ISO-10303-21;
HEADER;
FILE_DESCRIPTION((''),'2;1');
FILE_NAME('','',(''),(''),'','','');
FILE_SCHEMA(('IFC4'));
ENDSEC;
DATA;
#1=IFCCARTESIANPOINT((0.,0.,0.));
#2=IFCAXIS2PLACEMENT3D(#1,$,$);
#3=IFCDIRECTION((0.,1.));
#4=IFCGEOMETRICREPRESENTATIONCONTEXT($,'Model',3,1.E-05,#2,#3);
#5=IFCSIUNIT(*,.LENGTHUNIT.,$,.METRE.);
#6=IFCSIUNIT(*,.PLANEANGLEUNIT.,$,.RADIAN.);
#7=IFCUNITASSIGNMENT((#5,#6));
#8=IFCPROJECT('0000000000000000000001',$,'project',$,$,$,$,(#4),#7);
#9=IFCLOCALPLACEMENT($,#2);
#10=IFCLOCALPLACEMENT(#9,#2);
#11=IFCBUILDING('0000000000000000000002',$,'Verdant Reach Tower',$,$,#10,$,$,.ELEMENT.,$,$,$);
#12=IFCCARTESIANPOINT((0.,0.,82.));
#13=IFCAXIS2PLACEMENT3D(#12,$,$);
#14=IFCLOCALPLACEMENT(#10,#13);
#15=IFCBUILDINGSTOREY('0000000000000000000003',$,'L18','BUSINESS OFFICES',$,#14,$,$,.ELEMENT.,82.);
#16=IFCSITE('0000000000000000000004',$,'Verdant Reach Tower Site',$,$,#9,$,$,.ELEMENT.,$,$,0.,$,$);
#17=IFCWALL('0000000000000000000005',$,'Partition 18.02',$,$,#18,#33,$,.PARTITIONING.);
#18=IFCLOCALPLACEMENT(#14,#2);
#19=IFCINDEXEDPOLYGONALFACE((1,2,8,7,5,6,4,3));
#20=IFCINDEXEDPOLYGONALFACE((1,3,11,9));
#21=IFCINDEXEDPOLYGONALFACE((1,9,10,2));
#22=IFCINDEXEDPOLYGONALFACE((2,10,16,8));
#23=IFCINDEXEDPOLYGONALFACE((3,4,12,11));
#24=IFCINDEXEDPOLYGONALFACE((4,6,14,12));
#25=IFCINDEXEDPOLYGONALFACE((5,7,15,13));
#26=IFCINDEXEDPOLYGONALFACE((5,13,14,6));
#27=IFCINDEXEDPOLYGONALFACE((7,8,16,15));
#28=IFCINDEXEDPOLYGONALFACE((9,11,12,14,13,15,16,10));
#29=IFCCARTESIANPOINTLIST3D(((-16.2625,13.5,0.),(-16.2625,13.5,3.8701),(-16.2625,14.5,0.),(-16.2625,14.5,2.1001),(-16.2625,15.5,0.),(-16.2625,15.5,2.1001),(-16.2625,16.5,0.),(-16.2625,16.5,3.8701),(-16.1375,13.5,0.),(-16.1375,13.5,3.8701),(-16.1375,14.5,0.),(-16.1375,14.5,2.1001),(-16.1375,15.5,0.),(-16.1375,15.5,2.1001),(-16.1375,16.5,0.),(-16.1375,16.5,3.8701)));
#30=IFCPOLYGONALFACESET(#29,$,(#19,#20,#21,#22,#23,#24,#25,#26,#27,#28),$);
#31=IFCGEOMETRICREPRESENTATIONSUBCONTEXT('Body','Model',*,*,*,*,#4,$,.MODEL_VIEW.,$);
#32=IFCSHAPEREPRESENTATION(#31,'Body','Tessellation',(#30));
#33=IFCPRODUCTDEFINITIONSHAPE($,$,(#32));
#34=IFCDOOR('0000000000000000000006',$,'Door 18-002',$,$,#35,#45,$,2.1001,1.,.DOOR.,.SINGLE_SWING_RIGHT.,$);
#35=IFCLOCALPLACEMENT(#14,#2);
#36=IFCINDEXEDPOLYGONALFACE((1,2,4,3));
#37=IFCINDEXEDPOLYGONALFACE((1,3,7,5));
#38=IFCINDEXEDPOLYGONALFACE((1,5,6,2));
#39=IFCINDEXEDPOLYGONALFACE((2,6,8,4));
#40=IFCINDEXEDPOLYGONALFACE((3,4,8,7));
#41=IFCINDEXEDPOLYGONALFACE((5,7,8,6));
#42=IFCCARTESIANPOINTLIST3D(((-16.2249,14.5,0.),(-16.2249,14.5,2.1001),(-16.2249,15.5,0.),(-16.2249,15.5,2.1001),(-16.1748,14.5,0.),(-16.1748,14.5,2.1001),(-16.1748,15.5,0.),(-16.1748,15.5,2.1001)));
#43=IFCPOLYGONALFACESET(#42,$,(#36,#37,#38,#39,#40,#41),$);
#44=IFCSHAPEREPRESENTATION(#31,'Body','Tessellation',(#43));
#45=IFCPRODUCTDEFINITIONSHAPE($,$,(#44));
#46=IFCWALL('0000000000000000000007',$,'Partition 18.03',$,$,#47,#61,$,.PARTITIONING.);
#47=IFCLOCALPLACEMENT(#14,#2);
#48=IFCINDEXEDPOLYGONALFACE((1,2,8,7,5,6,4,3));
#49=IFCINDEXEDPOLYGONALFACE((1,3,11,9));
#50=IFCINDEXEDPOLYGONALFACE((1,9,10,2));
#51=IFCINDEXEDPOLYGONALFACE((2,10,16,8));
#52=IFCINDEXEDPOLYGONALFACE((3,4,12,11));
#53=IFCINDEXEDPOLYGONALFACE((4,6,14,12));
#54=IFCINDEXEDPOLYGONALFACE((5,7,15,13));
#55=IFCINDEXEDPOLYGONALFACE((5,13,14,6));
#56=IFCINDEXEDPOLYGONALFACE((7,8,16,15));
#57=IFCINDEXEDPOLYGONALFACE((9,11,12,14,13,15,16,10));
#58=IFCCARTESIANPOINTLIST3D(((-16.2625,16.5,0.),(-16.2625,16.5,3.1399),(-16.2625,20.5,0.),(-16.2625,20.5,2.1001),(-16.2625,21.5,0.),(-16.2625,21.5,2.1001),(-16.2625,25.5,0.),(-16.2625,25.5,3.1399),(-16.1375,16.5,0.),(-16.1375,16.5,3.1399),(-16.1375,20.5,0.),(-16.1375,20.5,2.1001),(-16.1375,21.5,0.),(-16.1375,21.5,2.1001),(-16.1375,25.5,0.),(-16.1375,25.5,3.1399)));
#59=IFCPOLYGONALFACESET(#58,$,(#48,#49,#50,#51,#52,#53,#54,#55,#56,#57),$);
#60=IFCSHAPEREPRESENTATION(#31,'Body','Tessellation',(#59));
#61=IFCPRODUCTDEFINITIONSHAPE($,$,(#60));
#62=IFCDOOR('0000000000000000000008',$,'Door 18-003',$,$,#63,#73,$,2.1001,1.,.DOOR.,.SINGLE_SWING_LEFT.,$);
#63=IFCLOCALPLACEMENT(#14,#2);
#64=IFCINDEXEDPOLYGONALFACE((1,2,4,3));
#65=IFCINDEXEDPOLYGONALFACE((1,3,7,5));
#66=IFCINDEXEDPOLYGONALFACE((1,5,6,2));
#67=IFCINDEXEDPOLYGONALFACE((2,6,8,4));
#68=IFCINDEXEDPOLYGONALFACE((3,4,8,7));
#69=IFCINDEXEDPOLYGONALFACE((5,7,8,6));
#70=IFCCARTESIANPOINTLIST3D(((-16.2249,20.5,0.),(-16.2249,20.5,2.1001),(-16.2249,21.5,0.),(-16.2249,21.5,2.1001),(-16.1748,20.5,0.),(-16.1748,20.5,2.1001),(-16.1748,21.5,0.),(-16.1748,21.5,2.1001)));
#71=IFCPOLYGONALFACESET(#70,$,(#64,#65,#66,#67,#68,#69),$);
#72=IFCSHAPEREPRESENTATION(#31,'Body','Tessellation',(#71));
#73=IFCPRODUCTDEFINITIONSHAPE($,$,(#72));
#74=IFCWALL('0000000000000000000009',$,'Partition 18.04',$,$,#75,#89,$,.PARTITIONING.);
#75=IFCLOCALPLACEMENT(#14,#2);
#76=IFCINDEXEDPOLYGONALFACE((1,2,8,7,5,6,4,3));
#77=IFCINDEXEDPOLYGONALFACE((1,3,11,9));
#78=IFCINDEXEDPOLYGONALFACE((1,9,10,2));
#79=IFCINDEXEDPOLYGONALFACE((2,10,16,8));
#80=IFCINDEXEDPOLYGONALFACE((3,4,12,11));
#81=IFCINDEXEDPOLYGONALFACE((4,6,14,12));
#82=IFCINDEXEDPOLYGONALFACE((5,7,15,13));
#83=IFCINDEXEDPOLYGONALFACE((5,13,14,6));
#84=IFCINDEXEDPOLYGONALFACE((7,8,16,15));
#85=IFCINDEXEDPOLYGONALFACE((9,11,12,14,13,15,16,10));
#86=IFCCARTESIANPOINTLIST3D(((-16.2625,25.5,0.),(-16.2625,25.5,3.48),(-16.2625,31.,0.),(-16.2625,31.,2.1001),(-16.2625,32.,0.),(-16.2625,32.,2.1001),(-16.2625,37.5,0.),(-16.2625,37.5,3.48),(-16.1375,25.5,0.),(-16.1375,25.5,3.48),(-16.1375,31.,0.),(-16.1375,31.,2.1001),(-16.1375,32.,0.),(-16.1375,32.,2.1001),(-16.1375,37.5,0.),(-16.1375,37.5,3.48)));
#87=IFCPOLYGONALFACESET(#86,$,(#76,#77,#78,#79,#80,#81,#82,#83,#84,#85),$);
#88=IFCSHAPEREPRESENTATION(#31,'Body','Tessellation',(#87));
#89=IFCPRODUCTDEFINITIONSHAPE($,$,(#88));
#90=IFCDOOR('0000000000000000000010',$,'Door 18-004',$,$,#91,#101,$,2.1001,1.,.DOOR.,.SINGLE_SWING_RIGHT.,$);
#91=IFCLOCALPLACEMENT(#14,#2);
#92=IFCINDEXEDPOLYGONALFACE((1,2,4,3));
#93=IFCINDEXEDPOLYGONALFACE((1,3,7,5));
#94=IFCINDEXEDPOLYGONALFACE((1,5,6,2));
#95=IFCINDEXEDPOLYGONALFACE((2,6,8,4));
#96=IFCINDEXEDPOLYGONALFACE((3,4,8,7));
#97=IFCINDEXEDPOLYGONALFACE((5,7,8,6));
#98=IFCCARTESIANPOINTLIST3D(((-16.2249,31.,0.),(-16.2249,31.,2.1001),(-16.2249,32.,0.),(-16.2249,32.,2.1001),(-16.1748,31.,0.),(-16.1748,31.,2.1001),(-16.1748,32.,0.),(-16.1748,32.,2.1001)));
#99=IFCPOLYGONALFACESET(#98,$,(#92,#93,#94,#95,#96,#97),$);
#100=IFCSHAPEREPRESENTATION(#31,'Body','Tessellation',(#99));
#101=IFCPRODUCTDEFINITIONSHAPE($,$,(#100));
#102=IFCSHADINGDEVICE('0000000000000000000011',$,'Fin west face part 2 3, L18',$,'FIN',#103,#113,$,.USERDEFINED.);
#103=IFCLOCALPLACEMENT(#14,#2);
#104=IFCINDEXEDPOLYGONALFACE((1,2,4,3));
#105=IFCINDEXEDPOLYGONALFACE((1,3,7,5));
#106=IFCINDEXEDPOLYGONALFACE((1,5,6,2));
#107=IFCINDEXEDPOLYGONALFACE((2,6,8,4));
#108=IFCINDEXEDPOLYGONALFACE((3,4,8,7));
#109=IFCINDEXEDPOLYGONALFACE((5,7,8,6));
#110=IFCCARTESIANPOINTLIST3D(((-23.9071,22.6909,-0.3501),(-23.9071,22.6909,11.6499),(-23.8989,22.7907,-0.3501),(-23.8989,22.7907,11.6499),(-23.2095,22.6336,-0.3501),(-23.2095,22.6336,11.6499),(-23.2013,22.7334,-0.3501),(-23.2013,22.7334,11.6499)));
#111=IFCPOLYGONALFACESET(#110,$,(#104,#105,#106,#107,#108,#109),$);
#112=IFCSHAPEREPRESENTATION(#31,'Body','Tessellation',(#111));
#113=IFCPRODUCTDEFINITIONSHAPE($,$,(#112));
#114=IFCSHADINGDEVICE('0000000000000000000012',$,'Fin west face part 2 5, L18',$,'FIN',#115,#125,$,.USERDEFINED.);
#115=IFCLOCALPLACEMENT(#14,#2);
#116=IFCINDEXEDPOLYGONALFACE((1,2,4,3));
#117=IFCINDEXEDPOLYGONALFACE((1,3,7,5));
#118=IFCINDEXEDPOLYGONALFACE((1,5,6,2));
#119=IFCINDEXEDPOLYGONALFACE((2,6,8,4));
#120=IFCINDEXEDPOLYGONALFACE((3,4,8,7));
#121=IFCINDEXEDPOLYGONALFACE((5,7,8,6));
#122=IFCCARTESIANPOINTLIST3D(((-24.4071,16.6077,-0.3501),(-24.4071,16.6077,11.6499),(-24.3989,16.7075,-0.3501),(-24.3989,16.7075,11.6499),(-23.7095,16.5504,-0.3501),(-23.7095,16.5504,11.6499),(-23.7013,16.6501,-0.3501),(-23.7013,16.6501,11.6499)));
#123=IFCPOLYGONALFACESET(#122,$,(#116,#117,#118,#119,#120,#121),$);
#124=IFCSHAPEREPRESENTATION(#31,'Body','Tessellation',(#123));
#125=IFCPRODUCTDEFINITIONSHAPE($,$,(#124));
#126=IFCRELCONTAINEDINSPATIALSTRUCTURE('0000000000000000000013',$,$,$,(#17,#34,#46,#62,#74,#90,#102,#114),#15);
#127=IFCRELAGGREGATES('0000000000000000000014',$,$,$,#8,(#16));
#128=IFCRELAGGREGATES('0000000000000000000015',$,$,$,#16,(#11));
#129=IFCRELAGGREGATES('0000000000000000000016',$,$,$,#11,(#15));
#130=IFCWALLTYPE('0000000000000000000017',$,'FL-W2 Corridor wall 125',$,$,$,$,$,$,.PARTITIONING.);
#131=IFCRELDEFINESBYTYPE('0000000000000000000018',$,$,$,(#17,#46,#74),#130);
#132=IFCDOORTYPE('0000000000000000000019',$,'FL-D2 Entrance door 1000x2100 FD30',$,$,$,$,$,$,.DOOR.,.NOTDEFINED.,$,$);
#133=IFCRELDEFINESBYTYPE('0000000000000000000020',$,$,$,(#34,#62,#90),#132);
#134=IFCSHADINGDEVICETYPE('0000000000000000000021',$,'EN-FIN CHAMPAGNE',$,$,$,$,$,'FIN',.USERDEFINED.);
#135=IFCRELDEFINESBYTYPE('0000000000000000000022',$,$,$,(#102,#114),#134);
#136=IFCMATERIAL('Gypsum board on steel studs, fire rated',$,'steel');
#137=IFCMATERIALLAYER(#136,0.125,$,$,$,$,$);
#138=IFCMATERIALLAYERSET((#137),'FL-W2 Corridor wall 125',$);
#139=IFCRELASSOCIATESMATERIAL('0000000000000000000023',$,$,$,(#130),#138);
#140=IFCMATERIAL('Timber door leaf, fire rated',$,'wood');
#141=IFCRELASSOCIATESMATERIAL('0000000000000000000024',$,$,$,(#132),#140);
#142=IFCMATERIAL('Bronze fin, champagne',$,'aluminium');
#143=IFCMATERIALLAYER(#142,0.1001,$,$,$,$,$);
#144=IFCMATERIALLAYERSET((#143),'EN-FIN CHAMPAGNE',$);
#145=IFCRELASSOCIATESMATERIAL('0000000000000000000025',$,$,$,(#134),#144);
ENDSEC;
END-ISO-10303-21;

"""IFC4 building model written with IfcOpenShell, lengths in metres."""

from ifc_helpers import new_model, si_unit, direction, frame, frame_2d, origin, origin_2d, place, context, subcontext, project, spatial, rectangle, extrude, material, layer, layer_set, type_object, element, fill, save


model = new_model("IFC4")

# Units and contexts
model_context = context("Model", 3, precision=1e-05, world=origin(), true_north=direction((0.0, 1.0)))
body_context = subcontext(model_context, "Body", "Model", "MODEL_VIEW")
ifc_project = project(units=[si_unit("LENGTHUNIT", "METRE"), si_unit("PLANEANGLEUNIT", "RADIAN")], contexts=[model_context])

# Site, building, storey
site_placement = place(None, origin())
site = spatial("IfcSite", under=ifc_project, at=site_placement, Name="Verdant Reach Tower Site", CompositionType="ELEMENT", RefElevation=0.0)
building_placement = place(site_placement, origin())
building = spatial("IfcBuilding", under=site, at=building_placement, Name="Verdant Reach Tower", CompositionType="ELEMENT")
storey_placement = place(building_placement, frame((0.0, 0.0, 82.0)))
storey = spatial("IfcBuildingStorey", under=building, at=storey_placement, Name="L18", Description="BUSINESS OFFICES", CompositionType="ELEMENT", Elevation=82.0)

# Walls, openings, doors
ifc_material_1 = material(Name="Gypsum board on steel studs, fire rated", Category="steel")
ifc_layer_1 = layer(ifc_material_1, 0.125)
ifc_layer_set_1 = layer_set([ifc_layer_1], Name="FL-W2 Corridor wall 125")
wall_type_1 = type_object("IfcWallType", Name="FL-W2 Corridor wall 125", PredefinedType="PARTITIONING", material=ifc_layer_set_1)
wall_1_placement = place(storey_placement, frame((-16.2, 13.5, 0.0), z_axis=(0.0, 0.0, 1.0), x_axis=(0.0, 1.0, 0.0)))
wall_1 = element("IfcWall", 1, at=wall_1_placement, inside=storey, type_object=wall_type_1, Name="Partition 18.02", PredefinedType="PARTITIONING", context=body_context, shape_type="SweptSolid", body=[
    extrude(rectangle(XDim=3.0, YDim=0.125, at=frame_2d((1.5, 0.0))), origin(), (0.0, 0.0, 1.0), 3.8701),
])
opening_1_placement = place(wall_1_placement, frame((1.0, 0.0, 0.0)))
opening_1 = element("IfcOpeningElement", 2, at=opening_1_placement, cuts=wall_1, PredefinedType="OPENING", context=body_context, shape_type="SweptSolid", body=[
    extrude(rectangle(XDim=1.0, YDim=2.1001, at=frame_2d((0.5, 1.05))), frame((0.0, 0.0725, 0.0), z_axis=(0.0, -1.0, 0.0), x_axis=(1.0, 0.0, 0.0)), (0.0, 0.0, 1.0), 0.145),
])
ifc_material_2 = material(Name="Timber door leaf, fire rated", Category="wood")
door_type = type_object("IfcDoorType", Name="FL-D2 Entrance door 1000x2100 FD30", OperationType="NOTDEFINED", PredefinedType="DOOR", material=ifc_material_2)
door_1_placement = place(opening_1_placement, origin())
door_1 = element("IfcDoor", 3, at=door_1_placement, inside=storey, type_object=door_type, Name="Door 18-002", OperationType="SINGLE_SWING_RIGHT", OverallHeight=2.1001, OverallWidth=1.0, PredefinedType="DOOR", context=body_context, shape_type="SweptSolid", body=[
    extrude(rectangle(XDim=1.0, YDim=2.1001, at=frame_2d((0.5, 1.05))), frame((0.0, 0.0249, 0.0), z_axis=(0.0, -1.0, 0.0), x_axis=(1.0, 0.0, 0.0)), (0.0, 0.0, 1.0), 0.05),
])
fill(opening_1, door_1)
wall_2_placement = place(storey_placement, frame((-16.2, 16.5, 0.0), z_axis=(0.0, 0.0, 1.0), x_axis=(0.0, 1.0, 0.0)))
wall_2 = element("IfcWall", 4, at=wall_2_placement, inside=storey, type_object=wall_type_1, Name="Partition 18.03", PredefinedType="PARTITIONING", context=body_context, shape_type="SweptSolid", body=[
    extrude(rectangle(XDim=9.0, YDim=0.125, at=frame_2d((4.5, 0.0))), origin(), (0.0, 0.0, 1.0), 3.1399),
])
opening_2_placement = place(wall_2_placement, frame((4.0, 0.0, 0.0)))
opening_2 = element("IfcOpeningElement", 5, at=opening_2_placement, cuts=wall_2, PredefinedType="OPENING", context=body_context, shape_type="SweptSolid", body=[
    extrude(rectangle(XDim=1.0, YDim=2.1001, at=frame_2d((0.5, 1.05))), frame((0.0, 0.0725, 0.0), z_axis=(0.0, -1.0, 0.0), x_axis=(1.0, 0.0, 0.0)), (0.0, 0.0, 1.0), 0.145),
])
door_2_placement = place(opening_2_placement, origin())
door_2 = element("IfcDoor", 6, at=door_2_placement, inside=storey, type_object=door_type, Name="Door 18-003", OperationType="SINGLE_SWING_LEFT", OverallHeight=2.1001, OverallWidth=1.0, PredefinedType="DOOR", context=body_context, shape_type="SweptSolid", body=[
    extrude(rectangle(XDim=1.0, YDim=2.1001, at=frame_2d((0.5, 1.05))), frame((0.0, 0.0249, 0.0), z_axis=(0.0, -1.0, 0.0), x_axis=(1.0, 0.0, 0.0)), (0.0, 0.0, 1.0), 0.05),
])
fill(opening_2, door_2)
wall_3_placement = place(storey_placement, frame((-16.2, 25.5, 0.0), z_axis=(0.0, 0.0, 1.0), x_axis=(0.0, 1.0, 0.0)))
wall_3 = element("IfcWall", 7, at=wall_3_placement, inside=storey, type_object=wall_type_1, Name="Partition 18.04", PredefinedType="PARTITIONING", context=body_context, shape_type="SweptSolid", body=[
    extrude(rectangle(XDim=12.0, YDim=0.125, at=frame_2d((6.0, 0.0))), origin(), (0.0, 0.0, 1.0), 3.48),
])
opening_3_placement = place(wall_3_placement, frame((5.5, 0.0, 0.0)))
opening_3 = element("IfcOpeningElement", 8, at=opening_3_placement, cuts=wall_3, PredefinedType="OPENING", context=body_context, shape_type="SweptSolid", body=[
    extrude(rectangle(XDim=1.0, YDim=2.1001, at=frame_2d((0.5, 1.05))), frame((0.0, 0.0725, 0.0), z_axis=(0.0, -1.0, 0.0), x_axis=(1.0, 0.0, 0.0)), (0.0, 0.0, 1.0), 0.145),
])
door_3_placement = place(opening_3_placement, origin())
door_3 = element("IfcDoor", 9, at=door_3_placement, inside=storey, type_object=door_type, Name="Door 18-004", OperationType="SINGLE_SWING_RIGHT", OverallHeight=2.1001, OverallWidth=1.0, PredefinedType="DOOR", context=body_context, shape_type="SweptSolid", body=[
    extrude(rectangle(XDim=1.0, YDim=2.1001, at=frame_2d((0.5, 1.05))), frame((0.0, 0.0249, 0.0), z_axis=(0.0, -1.0, 0.0), x_axis=(1.0, 0.0, 0.0)), (0.0, 0.0, 1.0), 0.05),
])
fill(opening_3, door_3)

# Shading devices
ifc_material_3 = material(Name="Bronze fin, champagne", Category="aluminium")
ifc_layer_2 = layer(ifc_material_3, 0.1001)
ifc_layer_set_2 = layer_set([ifc_layer_2], Name="EN-FIN CHAMPAGNE")
shading_device_type = type_object("IfcShadingDeviceType", Name="EN-FIN CHAMPAGNE", ElementType="FIN", PredefinedType="USERDEFINED", material=ifc_layer_set_2)
for number, where, z_axis, x_axis, name in (
    (10, (-23.5542, 22.7122, -0.3501), (0.0, 0.0, 1.0), (-0.081916, -0.996639, 0.0), "Fin west face part 2 3, L18"),
    (11, (-24.0542, 16.6289, -0.3501), (0.0, 0.0, 1.0), (-0.081916, -0.996639, 0.0), "Fin west face part 2 5, L18"),
):
    element("IfcShadingDevice", number, at=place(storey_placement, frame(where, z_axis=z_axis, x_axis=x_axis)), inside=storey, type_object=shading_device_type, Name=name, ObjectType="FIN", PredefinedType="USERDEFINED", context=body_context, shape_type="SweptSolid", body=[
        extrude(rectangle(XDim=0.1001, YDim=0.7, at=origin_2d()), origin(), (0.0, 0.0, 1.0), 12.0),
    ])

save(model, "model.ifc")
